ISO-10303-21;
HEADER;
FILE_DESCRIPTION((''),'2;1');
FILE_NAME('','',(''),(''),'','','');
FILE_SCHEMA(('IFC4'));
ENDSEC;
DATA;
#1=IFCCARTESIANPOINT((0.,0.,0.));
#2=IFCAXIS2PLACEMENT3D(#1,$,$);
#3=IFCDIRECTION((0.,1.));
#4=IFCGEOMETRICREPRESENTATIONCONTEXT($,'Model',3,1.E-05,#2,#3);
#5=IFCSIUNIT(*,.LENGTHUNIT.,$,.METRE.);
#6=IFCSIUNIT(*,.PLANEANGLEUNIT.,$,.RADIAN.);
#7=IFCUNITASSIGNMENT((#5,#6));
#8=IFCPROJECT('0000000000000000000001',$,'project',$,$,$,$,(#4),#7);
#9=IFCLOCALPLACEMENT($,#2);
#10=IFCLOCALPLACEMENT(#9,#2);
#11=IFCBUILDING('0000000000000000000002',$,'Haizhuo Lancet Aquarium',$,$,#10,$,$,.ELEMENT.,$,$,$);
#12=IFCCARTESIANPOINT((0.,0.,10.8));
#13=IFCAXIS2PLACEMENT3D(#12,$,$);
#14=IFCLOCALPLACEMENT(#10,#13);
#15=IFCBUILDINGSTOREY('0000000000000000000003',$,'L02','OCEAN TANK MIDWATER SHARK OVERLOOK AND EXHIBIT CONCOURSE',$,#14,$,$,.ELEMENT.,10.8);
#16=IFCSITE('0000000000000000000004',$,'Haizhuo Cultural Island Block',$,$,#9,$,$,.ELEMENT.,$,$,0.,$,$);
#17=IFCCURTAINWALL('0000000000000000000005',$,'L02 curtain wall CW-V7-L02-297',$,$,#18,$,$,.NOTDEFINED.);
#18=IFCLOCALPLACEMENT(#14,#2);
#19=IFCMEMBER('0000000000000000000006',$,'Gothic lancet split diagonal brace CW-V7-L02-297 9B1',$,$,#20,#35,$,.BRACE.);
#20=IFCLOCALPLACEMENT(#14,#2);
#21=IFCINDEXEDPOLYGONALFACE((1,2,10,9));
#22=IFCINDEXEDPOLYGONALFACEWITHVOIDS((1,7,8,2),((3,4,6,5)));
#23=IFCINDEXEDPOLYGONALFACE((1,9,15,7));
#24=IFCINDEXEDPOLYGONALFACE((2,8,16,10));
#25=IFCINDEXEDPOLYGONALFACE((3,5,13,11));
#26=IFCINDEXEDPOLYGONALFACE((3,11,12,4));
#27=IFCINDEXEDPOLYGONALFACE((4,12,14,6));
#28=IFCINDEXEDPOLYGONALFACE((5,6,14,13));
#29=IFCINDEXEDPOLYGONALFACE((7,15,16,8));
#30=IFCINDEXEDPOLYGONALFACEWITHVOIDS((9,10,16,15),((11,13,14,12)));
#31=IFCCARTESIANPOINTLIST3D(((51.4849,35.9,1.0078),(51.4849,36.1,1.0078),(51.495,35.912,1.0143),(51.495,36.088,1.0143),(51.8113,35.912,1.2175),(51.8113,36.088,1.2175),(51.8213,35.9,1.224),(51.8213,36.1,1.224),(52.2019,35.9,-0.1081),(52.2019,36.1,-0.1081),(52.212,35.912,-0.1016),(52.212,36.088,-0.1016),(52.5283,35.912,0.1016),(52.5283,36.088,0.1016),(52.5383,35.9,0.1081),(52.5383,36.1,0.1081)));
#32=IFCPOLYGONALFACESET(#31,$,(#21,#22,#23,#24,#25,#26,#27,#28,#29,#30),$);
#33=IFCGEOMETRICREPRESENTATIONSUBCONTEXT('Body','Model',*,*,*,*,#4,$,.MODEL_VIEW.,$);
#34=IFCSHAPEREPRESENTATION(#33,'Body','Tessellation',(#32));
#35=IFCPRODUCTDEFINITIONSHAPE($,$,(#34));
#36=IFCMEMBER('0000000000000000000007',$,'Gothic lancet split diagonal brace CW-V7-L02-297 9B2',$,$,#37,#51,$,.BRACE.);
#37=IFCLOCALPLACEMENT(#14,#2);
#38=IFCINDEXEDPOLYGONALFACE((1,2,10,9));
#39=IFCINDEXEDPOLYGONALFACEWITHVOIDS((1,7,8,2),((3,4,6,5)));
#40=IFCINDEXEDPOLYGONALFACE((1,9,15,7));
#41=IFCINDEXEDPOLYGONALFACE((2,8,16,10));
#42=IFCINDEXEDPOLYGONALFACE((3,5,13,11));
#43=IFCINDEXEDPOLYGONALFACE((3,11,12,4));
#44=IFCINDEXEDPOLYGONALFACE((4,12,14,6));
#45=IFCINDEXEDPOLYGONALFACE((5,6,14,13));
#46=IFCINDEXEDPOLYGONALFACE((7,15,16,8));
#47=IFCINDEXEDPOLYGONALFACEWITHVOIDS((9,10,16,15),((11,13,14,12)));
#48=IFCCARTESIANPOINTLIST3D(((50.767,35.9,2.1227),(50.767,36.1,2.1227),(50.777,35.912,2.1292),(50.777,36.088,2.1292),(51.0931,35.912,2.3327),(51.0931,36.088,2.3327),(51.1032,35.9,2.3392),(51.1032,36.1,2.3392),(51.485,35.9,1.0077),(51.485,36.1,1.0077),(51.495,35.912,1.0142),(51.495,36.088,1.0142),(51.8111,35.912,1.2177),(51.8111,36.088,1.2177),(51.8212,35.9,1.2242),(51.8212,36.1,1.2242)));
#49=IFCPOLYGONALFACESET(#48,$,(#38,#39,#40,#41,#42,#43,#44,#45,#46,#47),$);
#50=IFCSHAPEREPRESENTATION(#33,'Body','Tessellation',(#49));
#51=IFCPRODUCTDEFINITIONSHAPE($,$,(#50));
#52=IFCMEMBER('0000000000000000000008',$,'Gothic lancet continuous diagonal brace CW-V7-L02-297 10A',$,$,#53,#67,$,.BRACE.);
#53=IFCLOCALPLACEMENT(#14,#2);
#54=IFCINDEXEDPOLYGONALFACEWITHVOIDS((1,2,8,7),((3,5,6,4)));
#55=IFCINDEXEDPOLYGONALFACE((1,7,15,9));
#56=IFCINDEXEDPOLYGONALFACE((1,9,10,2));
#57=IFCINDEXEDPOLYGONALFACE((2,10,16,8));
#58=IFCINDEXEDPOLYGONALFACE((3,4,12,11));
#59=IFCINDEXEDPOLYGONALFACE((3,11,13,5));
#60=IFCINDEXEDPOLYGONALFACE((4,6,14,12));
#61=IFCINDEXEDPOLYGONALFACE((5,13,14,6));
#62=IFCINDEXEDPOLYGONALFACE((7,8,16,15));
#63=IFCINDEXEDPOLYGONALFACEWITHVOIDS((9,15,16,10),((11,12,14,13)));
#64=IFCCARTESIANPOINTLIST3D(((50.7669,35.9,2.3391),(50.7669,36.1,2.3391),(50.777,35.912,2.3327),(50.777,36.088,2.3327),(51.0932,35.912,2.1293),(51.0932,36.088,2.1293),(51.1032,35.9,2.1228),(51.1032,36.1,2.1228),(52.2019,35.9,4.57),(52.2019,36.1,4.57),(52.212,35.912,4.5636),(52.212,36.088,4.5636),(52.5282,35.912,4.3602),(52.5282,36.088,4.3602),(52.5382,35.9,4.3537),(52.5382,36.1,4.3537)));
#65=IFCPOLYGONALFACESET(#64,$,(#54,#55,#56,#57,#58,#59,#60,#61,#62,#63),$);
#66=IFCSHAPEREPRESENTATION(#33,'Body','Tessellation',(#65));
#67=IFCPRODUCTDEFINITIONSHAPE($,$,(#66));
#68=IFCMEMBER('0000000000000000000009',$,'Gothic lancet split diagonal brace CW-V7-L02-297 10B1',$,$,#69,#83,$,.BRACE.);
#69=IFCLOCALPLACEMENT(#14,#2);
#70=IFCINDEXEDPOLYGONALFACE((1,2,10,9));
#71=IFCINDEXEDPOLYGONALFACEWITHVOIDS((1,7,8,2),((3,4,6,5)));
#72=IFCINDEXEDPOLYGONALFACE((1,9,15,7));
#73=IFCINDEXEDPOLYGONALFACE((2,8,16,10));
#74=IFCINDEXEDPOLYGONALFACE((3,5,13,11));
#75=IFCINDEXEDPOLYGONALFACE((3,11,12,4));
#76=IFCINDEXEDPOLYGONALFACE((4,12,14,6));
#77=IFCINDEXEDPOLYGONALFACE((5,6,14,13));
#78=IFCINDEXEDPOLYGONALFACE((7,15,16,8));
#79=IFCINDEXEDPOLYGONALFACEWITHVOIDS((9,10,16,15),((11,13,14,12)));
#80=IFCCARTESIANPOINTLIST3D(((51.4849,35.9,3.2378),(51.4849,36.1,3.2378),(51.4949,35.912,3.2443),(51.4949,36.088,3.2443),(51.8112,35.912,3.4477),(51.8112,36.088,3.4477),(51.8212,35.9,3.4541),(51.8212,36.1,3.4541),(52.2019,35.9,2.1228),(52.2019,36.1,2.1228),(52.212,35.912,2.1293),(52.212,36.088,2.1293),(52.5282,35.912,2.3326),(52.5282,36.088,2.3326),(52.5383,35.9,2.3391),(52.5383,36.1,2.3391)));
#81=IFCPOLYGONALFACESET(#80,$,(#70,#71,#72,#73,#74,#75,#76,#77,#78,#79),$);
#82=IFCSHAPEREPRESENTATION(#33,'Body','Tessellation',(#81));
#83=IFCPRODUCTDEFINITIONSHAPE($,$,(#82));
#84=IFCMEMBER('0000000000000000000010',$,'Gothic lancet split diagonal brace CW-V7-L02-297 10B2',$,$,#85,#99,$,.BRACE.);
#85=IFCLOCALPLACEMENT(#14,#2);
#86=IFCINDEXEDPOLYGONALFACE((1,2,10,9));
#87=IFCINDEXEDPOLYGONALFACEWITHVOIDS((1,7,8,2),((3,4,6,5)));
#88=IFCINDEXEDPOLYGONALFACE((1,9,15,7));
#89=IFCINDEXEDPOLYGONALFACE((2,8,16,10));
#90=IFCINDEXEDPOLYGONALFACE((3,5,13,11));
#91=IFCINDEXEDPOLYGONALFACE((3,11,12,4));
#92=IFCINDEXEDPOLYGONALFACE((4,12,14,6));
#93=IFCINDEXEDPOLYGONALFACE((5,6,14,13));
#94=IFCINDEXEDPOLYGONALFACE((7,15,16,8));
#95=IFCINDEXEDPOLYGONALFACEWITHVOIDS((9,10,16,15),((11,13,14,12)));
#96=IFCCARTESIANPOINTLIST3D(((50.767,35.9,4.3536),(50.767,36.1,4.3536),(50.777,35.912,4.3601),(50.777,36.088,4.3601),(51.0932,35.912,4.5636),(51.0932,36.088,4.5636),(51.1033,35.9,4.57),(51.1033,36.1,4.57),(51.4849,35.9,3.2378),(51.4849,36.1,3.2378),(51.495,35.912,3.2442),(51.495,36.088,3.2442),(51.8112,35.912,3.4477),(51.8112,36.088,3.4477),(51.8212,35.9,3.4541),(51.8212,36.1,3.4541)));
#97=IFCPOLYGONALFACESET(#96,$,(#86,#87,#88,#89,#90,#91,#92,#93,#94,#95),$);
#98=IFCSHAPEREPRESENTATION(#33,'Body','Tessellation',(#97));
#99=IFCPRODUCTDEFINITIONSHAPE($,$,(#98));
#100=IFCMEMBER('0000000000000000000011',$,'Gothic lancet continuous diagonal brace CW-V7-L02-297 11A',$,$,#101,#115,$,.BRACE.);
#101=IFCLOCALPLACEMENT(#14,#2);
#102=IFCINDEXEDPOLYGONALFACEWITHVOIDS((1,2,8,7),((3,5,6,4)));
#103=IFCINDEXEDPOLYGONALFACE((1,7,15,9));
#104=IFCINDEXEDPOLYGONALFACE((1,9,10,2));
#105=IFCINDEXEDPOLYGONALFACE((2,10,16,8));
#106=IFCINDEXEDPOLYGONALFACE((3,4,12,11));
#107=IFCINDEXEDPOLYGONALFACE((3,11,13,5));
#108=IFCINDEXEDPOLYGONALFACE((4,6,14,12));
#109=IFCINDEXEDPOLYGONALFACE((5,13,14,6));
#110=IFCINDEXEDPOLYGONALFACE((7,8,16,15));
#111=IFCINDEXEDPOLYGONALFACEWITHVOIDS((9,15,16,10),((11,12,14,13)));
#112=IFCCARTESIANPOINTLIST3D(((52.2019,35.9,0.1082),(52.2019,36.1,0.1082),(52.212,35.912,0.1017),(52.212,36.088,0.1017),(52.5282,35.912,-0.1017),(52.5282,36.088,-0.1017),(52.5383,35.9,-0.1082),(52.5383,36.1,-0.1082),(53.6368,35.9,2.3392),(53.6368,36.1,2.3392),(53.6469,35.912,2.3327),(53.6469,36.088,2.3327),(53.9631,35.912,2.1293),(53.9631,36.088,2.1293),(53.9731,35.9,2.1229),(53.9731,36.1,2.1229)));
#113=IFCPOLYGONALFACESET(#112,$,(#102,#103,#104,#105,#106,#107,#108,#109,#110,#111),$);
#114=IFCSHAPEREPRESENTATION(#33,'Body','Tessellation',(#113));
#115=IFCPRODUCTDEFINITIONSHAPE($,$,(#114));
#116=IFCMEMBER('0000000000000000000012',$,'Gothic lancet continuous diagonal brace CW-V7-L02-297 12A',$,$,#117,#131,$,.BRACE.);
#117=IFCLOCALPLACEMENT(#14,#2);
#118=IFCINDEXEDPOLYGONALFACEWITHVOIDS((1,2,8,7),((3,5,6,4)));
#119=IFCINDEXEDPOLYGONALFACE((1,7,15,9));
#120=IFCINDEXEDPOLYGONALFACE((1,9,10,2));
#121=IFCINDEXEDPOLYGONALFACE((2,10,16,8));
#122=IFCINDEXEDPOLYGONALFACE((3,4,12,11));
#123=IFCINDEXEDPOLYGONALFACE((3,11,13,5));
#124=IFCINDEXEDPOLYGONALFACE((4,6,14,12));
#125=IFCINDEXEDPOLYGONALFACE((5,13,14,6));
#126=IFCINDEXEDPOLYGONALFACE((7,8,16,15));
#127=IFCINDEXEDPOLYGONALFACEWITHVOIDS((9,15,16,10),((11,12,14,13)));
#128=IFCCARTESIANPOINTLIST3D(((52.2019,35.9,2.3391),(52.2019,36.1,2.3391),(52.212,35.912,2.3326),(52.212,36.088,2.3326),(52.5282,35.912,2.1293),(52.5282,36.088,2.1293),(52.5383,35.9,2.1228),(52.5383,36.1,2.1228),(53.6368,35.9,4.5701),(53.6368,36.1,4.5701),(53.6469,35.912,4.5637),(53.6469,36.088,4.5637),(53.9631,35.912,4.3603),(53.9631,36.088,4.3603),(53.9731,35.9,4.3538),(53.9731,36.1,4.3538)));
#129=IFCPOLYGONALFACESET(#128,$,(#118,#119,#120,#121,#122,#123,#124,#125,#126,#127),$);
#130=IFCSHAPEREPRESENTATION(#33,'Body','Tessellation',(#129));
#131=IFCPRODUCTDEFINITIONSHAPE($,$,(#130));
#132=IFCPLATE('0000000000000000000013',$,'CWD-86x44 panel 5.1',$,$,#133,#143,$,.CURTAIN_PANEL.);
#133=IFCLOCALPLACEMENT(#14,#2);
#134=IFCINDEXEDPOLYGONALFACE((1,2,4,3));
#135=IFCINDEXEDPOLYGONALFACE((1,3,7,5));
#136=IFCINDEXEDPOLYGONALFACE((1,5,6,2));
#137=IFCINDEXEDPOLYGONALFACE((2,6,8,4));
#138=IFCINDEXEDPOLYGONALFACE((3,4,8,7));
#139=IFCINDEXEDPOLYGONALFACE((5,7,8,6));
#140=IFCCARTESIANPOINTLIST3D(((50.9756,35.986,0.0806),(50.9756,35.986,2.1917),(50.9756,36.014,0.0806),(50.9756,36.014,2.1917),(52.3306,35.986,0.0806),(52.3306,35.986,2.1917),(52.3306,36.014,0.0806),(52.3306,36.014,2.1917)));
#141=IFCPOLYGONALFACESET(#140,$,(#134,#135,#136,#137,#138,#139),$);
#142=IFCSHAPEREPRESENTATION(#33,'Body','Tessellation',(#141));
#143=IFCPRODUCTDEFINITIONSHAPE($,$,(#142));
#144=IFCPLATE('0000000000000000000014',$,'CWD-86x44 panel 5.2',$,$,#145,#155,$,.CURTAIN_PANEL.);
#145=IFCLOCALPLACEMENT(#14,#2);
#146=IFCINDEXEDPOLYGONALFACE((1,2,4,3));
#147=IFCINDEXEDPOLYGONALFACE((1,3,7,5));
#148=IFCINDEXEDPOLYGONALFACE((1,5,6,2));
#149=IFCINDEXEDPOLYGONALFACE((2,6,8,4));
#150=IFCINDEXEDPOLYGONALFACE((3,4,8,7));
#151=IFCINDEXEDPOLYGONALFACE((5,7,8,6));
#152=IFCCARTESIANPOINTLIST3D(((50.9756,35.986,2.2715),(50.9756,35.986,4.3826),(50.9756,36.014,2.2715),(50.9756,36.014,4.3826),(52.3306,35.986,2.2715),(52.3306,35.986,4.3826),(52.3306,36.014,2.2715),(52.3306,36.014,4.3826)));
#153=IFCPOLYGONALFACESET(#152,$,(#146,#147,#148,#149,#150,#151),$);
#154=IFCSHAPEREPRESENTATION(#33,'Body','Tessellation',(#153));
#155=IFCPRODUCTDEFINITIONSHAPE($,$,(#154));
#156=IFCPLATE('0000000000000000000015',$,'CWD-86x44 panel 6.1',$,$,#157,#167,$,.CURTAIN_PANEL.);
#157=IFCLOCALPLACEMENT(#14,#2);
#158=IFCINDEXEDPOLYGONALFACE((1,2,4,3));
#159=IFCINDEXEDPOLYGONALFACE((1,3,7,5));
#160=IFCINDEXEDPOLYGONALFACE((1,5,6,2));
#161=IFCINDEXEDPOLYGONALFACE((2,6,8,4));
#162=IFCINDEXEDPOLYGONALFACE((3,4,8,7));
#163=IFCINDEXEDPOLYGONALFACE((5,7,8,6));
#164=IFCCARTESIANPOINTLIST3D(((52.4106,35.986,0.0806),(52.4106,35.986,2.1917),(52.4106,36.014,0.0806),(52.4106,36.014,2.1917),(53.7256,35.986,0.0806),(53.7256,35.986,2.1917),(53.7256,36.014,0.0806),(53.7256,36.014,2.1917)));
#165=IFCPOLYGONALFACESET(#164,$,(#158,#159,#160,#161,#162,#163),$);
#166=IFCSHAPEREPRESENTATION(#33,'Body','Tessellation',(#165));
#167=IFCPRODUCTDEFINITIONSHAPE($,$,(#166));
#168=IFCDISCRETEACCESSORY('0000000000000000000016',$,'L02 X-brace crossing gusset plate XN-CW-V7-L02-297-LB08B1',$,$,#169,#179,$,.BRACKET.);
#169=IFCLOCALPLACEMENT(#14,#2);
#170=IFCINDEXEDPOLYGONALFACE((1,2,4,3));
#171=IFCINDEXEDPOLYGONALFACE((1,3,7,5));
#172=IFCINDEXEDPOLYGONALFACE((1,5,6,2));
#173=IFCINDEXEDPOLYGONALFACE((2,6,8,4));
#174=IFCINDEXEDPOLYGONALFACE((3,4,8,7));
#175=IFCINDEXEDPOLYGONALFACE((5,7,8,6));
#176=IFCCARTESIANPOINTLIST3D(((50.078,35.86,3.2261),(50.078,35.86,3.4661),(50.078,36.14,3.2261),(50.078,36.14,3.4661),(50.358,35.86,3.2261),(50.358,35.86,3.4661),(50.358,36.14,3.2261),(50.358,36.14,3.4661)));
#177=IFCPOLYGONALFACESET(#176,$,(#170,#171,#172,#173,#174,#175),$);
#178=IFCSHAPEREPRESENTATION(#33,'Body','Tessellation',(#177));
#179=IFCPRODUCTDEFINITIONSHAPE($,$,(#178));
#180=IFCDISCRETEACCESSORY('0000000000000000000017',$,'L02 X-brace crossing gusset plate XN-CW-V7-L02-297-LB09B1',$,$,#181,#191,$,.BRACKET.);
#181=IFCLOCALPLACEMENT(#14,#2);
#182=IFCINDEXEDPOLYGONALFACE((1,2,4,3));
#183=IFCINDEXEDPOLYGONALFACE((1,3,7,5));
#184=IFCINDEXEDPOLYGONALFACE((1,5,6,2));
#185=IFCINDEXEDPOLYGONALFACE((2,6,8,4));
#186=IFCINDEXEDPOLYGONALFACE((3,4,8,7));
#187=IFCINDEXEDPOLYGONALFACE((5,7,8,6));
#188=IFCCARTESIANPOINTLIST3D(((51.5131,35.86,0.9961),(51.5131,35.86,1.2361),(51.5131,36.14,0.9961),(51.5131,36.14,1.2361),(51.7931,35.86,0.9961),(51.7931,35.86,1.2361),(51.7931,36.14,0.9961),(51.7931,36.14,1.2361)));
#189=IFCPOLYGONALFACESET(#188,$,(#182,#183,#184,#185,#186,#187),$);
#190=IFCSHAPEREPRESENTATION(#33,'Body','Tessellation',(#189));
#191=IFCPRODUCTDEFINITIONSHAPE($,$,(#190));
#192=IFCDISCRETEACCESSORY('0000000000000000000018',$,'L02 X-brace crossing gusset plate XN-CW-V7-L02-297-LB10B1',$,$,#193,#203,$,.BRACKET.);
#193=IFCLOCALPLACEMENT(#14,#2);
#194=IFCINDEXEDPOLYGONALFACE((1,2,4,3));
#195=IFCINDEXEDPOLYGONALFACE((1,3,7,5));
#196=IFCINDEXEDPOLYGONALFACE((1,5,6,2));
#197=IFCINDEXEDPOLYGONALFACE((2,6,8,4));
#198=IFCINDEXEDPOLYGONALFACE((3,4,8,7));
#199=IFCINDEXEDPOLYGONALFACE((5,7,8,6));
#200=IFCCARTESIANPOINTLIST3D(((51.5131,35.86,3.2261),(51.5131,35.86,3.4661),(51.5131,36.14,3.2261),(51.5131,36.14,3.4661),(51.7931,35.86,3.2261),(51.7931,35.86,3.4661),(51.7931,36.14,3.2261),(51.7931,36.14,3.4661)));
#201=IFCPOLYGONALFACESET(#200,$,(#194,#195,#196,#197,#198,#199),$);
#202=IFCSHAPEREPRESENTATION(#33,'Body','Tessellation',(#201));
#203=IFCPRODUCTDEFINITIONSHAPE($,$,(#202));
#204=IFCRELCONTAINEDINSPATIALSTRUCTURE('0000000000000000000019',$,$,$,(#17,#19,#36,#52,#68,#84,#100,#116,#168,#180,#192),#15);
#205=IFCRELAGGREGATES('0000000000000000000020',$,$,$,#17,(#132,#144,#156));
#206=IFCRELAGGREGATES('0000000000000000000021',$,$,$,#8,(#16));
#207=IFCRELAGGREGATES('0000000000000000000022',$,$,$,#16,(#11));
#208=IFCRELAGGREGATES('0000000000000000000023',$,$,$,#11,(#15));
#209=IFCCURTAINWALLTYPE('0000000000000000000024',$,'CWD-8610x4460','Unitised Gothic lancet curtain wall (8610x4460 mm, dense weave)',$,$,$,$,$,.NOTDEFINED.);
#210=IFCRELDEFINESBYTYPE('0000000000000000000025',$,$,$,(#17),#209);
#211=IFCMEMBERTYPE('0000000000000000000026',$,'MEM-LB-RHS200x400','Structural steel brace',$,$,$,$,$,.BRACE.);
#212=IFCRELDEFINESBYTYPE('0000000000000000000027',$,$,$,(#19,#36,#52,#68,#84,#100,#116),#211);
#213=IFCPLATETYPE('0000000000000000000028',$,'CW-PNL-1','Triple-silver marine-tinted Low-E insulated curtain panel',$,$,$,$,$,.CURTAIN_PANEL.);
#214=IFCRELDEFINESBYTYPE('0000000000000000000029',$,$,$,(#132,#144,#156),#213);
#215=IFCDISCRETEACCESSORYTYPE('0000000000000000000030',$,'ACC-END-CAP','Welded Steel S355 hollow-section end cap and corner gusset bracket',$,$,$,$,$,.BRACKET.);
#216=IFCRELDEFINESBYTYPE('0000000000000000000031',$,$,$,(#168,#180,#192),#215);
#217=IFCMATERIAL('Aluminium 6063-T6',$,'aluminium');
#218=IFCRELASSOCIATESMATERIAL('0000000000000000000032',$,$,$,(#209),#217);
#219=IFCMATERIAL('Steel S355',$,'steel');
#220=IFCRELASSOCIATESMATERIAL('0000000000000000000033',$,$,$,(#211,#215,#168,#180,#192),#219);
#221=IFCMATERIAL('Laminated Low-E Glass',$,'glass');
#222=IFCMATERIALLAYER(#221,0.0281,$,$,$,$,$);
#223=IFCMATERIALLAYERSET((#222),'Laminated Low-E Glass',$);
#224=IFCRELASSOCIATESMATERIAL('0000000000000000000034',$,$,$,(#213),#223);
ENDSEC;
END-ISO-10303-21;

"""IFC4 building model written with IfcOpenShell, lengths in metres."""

from ifc_helpers import new_model, si_unit, direction, frame, origin, origin_2d, place, context, subcontext, project, spatial, rectangle, hollow_rectangle, extrude, material, layer, layer_set, material_profile, profile_set, type_object, element, aggregate, save


model = new_model("IFC4")

# Units and contexts
model_context = context("Model", 3, precision=1e-05, world=origin(), true_north=direction((0.0, 1.0)))
body_context = subcontext(model_context, "Body", "Model", "MODEL_VIEW")
ifc_project = project(units=[si_unit("LENGTHUNIT", "METRE"), si_unit("PLANEANGLEUNIT", "RADIAN")], contexts=[model_context])

# Site, building, storey
site_placement = place(None, origin())
site = spatial("IfcSite", under=ifc_project, at=site_placement, Name="Haizhuo Cultural Island Block", CompositionType="ELEMENT", RefElevation=0.0)
building_placement = place(site_placement, origin())
building = spatial("IfcBuilding", under=site, at=building_placement, Name="Haizhuo Lancet Aquarium", CompositionType="ELEMENT")
storey_placement = place(building_placement, frame((0.0, 0.0, 10.8)))
storey = spatial("IfcBuildingStorey", under=building, at=storey_placement, Name="L02", Description="OCEAN TANK MIDWATER SHARK OVERLOOK AND EXHIBIT CONCOURSE", CompositionType="ELEMENT", Elevation=10.8)

# Curtain wall
ifc_material_1 = material(Name="Aluminium 6063-T6", Category="aluminium")
curtain_wall_type = type_object("IfcCurtainWallType", Name="CWD-8610x4460", Description="Unitised Gothic lancet curtain wall (8610x4460 mm, dense weave)", PredefinedType="NOTDEFINED", material=ifc_material_1)
curtain_wall_placement = place(storey_placement, origin())
curtain_wall = element("IfcCurtainWall", 1, at=curtain_wall_placement, inside=storey, type_object=curtain_wall_type, Name="L02 curtain wall CW-V7-L02-297", PredefinedType="NOTDEFINED")

# Members
ifc_material_2 = material(Name="Steel S355", Category="steel")
ifc_material_profile_1 = material_profile(ifc_material_2, hollow_rectangle(XDim=0.2, YDim=0.3999, WallThickness=0.012, at=origin_2d()), Name="RHS 200x400x12")
ifc_profile_set_1 = profile_set([ifc_material_profile_1], Name="Steel S355")
member_type_1 = type_object("IfcMemberType", Name="MEM-LB-RHS200x400", Description="Structural steel brace", PredefinedType="BRACE", material=ifc_profile_set_1)
member_1_placement = place(storey_placement, frame((52.3701, 36.0, 0.0), z_axis=(-0.540562, 0.0, 0.841304), x_axis=(0.0, -1.0, 0.0)))
element("IfcMember", 2, at=member_1_placement, inside=storey, type_object=member_type_1, Name="Gothic lancet split diagonal brace CW-V7-L02-297 9B1", PredefinedType="BRACE", context=body_context, shape_type="SweptSolid", body=[
    extrude(hollow_rectangle(XDim=0.2, YDim=0.3999, WallThickness=0.012, at=origin_2d()), origin(), (0.0, 0.0, 1.0), 1.3264),
])
member_2_placement = place(storey_placement, frame((51.6531, 36.0, 1.116), z_axis=(-0.541418, 0.0, 0.840754), x_axis=(0.0, -1.0, 0.0)))
element("IfcMember", 3, at=member_2_placement, inside=storey, type_object=member_type_1, Name="Gothic lancet split diagonal brace CW-V7-L02-297 9B2", PredefinedType="BRACE", context=body_context, shape_type="SweptSolid", body=[
    extrude(hollow_rectangle(XDim=0.2, YDim=0.3999, WallThickness=0.012, at=origin_2d()), origin(), (0.0, 0.0, 1.0), 1.3262),
])
member_3_placement = place(storey_placement, frame((50.9351, 36.0, 2.231), z_axis=(0.54099, 0.0, 0.841029), x_axis=(0.0, 1.0, 0.0)))
element("IfcMember", 4, at=member_3_placement, inside=storey, type_object=member_type_1, Name="Gothic lancet continuous diagonal brace CW-V7-L02-297 10A", PredefinedType="BRACE", context=body_context, shape_type="SweptSolid", body=[
    extrude(hollow_rectangle(XDim=0.2, YDim=0.3999, WallThickness=0.012, at=origin_2d()), origin(), (0.0, 0.0, 1.0), 2.6526),
])
member_4_placement = place(storey_placement, frame((52.3701, 36.0, 2.231), z_axis=(-0.540897, 0.0, 0.841089), x_axis=(0.0, -1.0, 0.0)))
element("IfcMember", 5, at=member_4_placement, inside=storey, type_object=member_type_1, Name="Gothic lancet split diagonal brace CW-V7-L02-297 10B1", PredefinedType="BRACE", context=body_context, shape_type="SweptSolid", body=[
    extrude(hollow_rectangle(XDim=0.2, YDim=0.3999, WallThickness=0.012, at=origin_2d()), origin(), (0.0, 0.0, 1.0), 1.3257),
])
member_5_placement = place(storey_placement, frame((51.6531, 36.0, 3.3459), z_axis=(-0.541083, 0.0, 0.840969), x_axis=(0.0, -1.0, 0.0)))
element("IfcMember", 6, at=member_5_placement, inside=storey, type_object=member_type_1, Name="Gothic lancet split diagonal brace CW-V7-L02-297 10B2", PredefinedType="BRACE", context=body_context, shape_type="SweptSolid", body=[
    extrude(hollow_rectangle(XDim=0.2, YDim=0.3999, WallThickness=0.012, at=origin_2d()), origin(), (0.0, 0.0, 1.0), 1.3269),
])
for number, where, z_axis, x_axis, name in (
    (7, (52.3701, 36.0, 0.0), (0.540925, 0.0, 0.841071), (0.0, 1.0, 0.0), "Gothic lancet continuous diagonal brace CW-V7-L02-297 11A"),
    (8, (52.3701, 36.0, 2.231), (0.540925, 0.0, 0.841071), (0.0, 1.0, 0.0), "Gothic lancet continuous diagonal brace CW-V7-L02-297 12A"),
):
    element("IfcMember", number, at=place(storey_placement, frame(where, z_axis=z_axis, x_axis=x_axis)), inside=storey, type_object=member_type_1, Name=name, PredefinedType="BRACE", context=body_context, shape_type="SweptSolid", body=[
        extrude(hollow_rectangle(XDim=0.2, YDim=0.3999, WallThickness=0.012, at=origin_2d()), origin(), (0.0, 0.0, 1.0), 2.6526),
    ])

# Plates
ifc_material_3 = material(Name="Laminated Low-E Glass", Category="glass")
ifc_layer = layer(ifc_material_3, 0.0281)
ifc_layer_set = layer_set([ifc_layer], Name="Laminated Low-E Glass")
plate_type = type_object("IfcPlateType", Name="CW-PNL-1", Description="Triple-silver marine-tinted Low-E insulated curtain panel", PredefinedType="CURTAIN_PANEL", material=ifc_layer_set)
plate_1_placement = place(storey_placement, frame((51.6531, 36.0, 0.0806), z_axis=(0.0, 0.0, 1.0), x_axis=(1.0, 0.0, 0.0)))
plate_1 = element("IfcPlate", 9, at=plate_1_placement, type_object=plate_type, Name="CWD-86x44 panel 5.1", PredefinedType="CURTAIN_PANEL", context=body_context, shape_type="SweptSolid", body=[
    extrude(rectangle(XDim=1.355, YDim=0.0281, at=origin_2d()), origin(), (0.0, 0.0, 1.0), 2.1111),
])
plate_2_placement = place(storey_placement, frame((51.6531, 36.0, 2.2715), z_axis=(0.0, 0.0, 1.0), x_axis=(1.0, 0.0, 0.0)))
plate_2 = element("IfcPlate", 10, at=plate_2_placement, type_object=plate_type, Name="CWD-86x44 panel 5.2", PredefinedType="CURTAIN_PANEL", context=body_context, shape_type="SweptSolid", body=[
    extrude(rectangle(XDim=1.355, YDim=0.0281, at=origin_2d()), origin(), (0.0, 0.0, 1.0), 2.1111),
])
plate_3_placement = place(storey_placement, frame((53.0681, 36.0, 0.0806), z_axis=(0.0, 0.0, 1.0), x_axis=(1.0, 0.0, 0.0)))
plate_3 = element("IfcPlate", 11, at=plate_3_placement, type_object=plate_type, Name="CWD-86x44 panel 6.1", PredefinedType="CURTAIN_PANEL", context=body_context, shape_type="SweptSolid", body=[
    extrude(rectangle(XDim=1.3149, YDim=0.0281, at=origin_2d()), origin(), (0.0, 0.0, 1.0), 2.1111),
])
aggregate(curtain_wall, [plate_1, plate_2, plate_3])

# Discrete accessories
discrete_accessory_type = type_object("IfcDiscreteAccessoryType", Name="ACC-END-CAP", Description="Welded Steel S355 hollow-section end cap and corner gusset bracket", PredefinedType="BRACKET", material=ifc_material_2)
for number, where, z_axis, x_axis, name in (
    (12, (50.218, 36.0, 3.2261), (0.0, 0.0, 1.0), (1.0, 0.0, 0.0), "L02 X-brace crossing gusset plate XN-CW-V7-L02-297-LB08B1"),
    (13, (51.6531, 36.0, 0.9961), (0.0, 0.0, 1.0), (1.0, 0.0, 0.0), "L02 X-brace crossing gusset plate XN-CW-V7-L02-297-LB09B1"),
    (14, (51.6531, 36.0, 3.2261), (0.0, 0.0, 1.0), (1.0, 0.0, 0.0), "L02 X-brace crossing gusset plate XN-CW-V7-L02-297-LB10B1"),
):
    element("IfcDiscreteAccessory", number, at=place(storey_placement, frame(where, z_axis=z_axis, x_axis=x_axis)), inside=storey, type_object=discrete_accessory_type, material=ifc_material_2, Name=name, PredefinedType="BRACKET", context=body_context, shape_type="SweptSolid", body=[
        extrude(rectangle(XDim=0.28, YDim=0.28, at=origin_2d()), origin(), (0.0, 0.0, 1.0), 0.24),
    ])

save(model, "model.ifc")
